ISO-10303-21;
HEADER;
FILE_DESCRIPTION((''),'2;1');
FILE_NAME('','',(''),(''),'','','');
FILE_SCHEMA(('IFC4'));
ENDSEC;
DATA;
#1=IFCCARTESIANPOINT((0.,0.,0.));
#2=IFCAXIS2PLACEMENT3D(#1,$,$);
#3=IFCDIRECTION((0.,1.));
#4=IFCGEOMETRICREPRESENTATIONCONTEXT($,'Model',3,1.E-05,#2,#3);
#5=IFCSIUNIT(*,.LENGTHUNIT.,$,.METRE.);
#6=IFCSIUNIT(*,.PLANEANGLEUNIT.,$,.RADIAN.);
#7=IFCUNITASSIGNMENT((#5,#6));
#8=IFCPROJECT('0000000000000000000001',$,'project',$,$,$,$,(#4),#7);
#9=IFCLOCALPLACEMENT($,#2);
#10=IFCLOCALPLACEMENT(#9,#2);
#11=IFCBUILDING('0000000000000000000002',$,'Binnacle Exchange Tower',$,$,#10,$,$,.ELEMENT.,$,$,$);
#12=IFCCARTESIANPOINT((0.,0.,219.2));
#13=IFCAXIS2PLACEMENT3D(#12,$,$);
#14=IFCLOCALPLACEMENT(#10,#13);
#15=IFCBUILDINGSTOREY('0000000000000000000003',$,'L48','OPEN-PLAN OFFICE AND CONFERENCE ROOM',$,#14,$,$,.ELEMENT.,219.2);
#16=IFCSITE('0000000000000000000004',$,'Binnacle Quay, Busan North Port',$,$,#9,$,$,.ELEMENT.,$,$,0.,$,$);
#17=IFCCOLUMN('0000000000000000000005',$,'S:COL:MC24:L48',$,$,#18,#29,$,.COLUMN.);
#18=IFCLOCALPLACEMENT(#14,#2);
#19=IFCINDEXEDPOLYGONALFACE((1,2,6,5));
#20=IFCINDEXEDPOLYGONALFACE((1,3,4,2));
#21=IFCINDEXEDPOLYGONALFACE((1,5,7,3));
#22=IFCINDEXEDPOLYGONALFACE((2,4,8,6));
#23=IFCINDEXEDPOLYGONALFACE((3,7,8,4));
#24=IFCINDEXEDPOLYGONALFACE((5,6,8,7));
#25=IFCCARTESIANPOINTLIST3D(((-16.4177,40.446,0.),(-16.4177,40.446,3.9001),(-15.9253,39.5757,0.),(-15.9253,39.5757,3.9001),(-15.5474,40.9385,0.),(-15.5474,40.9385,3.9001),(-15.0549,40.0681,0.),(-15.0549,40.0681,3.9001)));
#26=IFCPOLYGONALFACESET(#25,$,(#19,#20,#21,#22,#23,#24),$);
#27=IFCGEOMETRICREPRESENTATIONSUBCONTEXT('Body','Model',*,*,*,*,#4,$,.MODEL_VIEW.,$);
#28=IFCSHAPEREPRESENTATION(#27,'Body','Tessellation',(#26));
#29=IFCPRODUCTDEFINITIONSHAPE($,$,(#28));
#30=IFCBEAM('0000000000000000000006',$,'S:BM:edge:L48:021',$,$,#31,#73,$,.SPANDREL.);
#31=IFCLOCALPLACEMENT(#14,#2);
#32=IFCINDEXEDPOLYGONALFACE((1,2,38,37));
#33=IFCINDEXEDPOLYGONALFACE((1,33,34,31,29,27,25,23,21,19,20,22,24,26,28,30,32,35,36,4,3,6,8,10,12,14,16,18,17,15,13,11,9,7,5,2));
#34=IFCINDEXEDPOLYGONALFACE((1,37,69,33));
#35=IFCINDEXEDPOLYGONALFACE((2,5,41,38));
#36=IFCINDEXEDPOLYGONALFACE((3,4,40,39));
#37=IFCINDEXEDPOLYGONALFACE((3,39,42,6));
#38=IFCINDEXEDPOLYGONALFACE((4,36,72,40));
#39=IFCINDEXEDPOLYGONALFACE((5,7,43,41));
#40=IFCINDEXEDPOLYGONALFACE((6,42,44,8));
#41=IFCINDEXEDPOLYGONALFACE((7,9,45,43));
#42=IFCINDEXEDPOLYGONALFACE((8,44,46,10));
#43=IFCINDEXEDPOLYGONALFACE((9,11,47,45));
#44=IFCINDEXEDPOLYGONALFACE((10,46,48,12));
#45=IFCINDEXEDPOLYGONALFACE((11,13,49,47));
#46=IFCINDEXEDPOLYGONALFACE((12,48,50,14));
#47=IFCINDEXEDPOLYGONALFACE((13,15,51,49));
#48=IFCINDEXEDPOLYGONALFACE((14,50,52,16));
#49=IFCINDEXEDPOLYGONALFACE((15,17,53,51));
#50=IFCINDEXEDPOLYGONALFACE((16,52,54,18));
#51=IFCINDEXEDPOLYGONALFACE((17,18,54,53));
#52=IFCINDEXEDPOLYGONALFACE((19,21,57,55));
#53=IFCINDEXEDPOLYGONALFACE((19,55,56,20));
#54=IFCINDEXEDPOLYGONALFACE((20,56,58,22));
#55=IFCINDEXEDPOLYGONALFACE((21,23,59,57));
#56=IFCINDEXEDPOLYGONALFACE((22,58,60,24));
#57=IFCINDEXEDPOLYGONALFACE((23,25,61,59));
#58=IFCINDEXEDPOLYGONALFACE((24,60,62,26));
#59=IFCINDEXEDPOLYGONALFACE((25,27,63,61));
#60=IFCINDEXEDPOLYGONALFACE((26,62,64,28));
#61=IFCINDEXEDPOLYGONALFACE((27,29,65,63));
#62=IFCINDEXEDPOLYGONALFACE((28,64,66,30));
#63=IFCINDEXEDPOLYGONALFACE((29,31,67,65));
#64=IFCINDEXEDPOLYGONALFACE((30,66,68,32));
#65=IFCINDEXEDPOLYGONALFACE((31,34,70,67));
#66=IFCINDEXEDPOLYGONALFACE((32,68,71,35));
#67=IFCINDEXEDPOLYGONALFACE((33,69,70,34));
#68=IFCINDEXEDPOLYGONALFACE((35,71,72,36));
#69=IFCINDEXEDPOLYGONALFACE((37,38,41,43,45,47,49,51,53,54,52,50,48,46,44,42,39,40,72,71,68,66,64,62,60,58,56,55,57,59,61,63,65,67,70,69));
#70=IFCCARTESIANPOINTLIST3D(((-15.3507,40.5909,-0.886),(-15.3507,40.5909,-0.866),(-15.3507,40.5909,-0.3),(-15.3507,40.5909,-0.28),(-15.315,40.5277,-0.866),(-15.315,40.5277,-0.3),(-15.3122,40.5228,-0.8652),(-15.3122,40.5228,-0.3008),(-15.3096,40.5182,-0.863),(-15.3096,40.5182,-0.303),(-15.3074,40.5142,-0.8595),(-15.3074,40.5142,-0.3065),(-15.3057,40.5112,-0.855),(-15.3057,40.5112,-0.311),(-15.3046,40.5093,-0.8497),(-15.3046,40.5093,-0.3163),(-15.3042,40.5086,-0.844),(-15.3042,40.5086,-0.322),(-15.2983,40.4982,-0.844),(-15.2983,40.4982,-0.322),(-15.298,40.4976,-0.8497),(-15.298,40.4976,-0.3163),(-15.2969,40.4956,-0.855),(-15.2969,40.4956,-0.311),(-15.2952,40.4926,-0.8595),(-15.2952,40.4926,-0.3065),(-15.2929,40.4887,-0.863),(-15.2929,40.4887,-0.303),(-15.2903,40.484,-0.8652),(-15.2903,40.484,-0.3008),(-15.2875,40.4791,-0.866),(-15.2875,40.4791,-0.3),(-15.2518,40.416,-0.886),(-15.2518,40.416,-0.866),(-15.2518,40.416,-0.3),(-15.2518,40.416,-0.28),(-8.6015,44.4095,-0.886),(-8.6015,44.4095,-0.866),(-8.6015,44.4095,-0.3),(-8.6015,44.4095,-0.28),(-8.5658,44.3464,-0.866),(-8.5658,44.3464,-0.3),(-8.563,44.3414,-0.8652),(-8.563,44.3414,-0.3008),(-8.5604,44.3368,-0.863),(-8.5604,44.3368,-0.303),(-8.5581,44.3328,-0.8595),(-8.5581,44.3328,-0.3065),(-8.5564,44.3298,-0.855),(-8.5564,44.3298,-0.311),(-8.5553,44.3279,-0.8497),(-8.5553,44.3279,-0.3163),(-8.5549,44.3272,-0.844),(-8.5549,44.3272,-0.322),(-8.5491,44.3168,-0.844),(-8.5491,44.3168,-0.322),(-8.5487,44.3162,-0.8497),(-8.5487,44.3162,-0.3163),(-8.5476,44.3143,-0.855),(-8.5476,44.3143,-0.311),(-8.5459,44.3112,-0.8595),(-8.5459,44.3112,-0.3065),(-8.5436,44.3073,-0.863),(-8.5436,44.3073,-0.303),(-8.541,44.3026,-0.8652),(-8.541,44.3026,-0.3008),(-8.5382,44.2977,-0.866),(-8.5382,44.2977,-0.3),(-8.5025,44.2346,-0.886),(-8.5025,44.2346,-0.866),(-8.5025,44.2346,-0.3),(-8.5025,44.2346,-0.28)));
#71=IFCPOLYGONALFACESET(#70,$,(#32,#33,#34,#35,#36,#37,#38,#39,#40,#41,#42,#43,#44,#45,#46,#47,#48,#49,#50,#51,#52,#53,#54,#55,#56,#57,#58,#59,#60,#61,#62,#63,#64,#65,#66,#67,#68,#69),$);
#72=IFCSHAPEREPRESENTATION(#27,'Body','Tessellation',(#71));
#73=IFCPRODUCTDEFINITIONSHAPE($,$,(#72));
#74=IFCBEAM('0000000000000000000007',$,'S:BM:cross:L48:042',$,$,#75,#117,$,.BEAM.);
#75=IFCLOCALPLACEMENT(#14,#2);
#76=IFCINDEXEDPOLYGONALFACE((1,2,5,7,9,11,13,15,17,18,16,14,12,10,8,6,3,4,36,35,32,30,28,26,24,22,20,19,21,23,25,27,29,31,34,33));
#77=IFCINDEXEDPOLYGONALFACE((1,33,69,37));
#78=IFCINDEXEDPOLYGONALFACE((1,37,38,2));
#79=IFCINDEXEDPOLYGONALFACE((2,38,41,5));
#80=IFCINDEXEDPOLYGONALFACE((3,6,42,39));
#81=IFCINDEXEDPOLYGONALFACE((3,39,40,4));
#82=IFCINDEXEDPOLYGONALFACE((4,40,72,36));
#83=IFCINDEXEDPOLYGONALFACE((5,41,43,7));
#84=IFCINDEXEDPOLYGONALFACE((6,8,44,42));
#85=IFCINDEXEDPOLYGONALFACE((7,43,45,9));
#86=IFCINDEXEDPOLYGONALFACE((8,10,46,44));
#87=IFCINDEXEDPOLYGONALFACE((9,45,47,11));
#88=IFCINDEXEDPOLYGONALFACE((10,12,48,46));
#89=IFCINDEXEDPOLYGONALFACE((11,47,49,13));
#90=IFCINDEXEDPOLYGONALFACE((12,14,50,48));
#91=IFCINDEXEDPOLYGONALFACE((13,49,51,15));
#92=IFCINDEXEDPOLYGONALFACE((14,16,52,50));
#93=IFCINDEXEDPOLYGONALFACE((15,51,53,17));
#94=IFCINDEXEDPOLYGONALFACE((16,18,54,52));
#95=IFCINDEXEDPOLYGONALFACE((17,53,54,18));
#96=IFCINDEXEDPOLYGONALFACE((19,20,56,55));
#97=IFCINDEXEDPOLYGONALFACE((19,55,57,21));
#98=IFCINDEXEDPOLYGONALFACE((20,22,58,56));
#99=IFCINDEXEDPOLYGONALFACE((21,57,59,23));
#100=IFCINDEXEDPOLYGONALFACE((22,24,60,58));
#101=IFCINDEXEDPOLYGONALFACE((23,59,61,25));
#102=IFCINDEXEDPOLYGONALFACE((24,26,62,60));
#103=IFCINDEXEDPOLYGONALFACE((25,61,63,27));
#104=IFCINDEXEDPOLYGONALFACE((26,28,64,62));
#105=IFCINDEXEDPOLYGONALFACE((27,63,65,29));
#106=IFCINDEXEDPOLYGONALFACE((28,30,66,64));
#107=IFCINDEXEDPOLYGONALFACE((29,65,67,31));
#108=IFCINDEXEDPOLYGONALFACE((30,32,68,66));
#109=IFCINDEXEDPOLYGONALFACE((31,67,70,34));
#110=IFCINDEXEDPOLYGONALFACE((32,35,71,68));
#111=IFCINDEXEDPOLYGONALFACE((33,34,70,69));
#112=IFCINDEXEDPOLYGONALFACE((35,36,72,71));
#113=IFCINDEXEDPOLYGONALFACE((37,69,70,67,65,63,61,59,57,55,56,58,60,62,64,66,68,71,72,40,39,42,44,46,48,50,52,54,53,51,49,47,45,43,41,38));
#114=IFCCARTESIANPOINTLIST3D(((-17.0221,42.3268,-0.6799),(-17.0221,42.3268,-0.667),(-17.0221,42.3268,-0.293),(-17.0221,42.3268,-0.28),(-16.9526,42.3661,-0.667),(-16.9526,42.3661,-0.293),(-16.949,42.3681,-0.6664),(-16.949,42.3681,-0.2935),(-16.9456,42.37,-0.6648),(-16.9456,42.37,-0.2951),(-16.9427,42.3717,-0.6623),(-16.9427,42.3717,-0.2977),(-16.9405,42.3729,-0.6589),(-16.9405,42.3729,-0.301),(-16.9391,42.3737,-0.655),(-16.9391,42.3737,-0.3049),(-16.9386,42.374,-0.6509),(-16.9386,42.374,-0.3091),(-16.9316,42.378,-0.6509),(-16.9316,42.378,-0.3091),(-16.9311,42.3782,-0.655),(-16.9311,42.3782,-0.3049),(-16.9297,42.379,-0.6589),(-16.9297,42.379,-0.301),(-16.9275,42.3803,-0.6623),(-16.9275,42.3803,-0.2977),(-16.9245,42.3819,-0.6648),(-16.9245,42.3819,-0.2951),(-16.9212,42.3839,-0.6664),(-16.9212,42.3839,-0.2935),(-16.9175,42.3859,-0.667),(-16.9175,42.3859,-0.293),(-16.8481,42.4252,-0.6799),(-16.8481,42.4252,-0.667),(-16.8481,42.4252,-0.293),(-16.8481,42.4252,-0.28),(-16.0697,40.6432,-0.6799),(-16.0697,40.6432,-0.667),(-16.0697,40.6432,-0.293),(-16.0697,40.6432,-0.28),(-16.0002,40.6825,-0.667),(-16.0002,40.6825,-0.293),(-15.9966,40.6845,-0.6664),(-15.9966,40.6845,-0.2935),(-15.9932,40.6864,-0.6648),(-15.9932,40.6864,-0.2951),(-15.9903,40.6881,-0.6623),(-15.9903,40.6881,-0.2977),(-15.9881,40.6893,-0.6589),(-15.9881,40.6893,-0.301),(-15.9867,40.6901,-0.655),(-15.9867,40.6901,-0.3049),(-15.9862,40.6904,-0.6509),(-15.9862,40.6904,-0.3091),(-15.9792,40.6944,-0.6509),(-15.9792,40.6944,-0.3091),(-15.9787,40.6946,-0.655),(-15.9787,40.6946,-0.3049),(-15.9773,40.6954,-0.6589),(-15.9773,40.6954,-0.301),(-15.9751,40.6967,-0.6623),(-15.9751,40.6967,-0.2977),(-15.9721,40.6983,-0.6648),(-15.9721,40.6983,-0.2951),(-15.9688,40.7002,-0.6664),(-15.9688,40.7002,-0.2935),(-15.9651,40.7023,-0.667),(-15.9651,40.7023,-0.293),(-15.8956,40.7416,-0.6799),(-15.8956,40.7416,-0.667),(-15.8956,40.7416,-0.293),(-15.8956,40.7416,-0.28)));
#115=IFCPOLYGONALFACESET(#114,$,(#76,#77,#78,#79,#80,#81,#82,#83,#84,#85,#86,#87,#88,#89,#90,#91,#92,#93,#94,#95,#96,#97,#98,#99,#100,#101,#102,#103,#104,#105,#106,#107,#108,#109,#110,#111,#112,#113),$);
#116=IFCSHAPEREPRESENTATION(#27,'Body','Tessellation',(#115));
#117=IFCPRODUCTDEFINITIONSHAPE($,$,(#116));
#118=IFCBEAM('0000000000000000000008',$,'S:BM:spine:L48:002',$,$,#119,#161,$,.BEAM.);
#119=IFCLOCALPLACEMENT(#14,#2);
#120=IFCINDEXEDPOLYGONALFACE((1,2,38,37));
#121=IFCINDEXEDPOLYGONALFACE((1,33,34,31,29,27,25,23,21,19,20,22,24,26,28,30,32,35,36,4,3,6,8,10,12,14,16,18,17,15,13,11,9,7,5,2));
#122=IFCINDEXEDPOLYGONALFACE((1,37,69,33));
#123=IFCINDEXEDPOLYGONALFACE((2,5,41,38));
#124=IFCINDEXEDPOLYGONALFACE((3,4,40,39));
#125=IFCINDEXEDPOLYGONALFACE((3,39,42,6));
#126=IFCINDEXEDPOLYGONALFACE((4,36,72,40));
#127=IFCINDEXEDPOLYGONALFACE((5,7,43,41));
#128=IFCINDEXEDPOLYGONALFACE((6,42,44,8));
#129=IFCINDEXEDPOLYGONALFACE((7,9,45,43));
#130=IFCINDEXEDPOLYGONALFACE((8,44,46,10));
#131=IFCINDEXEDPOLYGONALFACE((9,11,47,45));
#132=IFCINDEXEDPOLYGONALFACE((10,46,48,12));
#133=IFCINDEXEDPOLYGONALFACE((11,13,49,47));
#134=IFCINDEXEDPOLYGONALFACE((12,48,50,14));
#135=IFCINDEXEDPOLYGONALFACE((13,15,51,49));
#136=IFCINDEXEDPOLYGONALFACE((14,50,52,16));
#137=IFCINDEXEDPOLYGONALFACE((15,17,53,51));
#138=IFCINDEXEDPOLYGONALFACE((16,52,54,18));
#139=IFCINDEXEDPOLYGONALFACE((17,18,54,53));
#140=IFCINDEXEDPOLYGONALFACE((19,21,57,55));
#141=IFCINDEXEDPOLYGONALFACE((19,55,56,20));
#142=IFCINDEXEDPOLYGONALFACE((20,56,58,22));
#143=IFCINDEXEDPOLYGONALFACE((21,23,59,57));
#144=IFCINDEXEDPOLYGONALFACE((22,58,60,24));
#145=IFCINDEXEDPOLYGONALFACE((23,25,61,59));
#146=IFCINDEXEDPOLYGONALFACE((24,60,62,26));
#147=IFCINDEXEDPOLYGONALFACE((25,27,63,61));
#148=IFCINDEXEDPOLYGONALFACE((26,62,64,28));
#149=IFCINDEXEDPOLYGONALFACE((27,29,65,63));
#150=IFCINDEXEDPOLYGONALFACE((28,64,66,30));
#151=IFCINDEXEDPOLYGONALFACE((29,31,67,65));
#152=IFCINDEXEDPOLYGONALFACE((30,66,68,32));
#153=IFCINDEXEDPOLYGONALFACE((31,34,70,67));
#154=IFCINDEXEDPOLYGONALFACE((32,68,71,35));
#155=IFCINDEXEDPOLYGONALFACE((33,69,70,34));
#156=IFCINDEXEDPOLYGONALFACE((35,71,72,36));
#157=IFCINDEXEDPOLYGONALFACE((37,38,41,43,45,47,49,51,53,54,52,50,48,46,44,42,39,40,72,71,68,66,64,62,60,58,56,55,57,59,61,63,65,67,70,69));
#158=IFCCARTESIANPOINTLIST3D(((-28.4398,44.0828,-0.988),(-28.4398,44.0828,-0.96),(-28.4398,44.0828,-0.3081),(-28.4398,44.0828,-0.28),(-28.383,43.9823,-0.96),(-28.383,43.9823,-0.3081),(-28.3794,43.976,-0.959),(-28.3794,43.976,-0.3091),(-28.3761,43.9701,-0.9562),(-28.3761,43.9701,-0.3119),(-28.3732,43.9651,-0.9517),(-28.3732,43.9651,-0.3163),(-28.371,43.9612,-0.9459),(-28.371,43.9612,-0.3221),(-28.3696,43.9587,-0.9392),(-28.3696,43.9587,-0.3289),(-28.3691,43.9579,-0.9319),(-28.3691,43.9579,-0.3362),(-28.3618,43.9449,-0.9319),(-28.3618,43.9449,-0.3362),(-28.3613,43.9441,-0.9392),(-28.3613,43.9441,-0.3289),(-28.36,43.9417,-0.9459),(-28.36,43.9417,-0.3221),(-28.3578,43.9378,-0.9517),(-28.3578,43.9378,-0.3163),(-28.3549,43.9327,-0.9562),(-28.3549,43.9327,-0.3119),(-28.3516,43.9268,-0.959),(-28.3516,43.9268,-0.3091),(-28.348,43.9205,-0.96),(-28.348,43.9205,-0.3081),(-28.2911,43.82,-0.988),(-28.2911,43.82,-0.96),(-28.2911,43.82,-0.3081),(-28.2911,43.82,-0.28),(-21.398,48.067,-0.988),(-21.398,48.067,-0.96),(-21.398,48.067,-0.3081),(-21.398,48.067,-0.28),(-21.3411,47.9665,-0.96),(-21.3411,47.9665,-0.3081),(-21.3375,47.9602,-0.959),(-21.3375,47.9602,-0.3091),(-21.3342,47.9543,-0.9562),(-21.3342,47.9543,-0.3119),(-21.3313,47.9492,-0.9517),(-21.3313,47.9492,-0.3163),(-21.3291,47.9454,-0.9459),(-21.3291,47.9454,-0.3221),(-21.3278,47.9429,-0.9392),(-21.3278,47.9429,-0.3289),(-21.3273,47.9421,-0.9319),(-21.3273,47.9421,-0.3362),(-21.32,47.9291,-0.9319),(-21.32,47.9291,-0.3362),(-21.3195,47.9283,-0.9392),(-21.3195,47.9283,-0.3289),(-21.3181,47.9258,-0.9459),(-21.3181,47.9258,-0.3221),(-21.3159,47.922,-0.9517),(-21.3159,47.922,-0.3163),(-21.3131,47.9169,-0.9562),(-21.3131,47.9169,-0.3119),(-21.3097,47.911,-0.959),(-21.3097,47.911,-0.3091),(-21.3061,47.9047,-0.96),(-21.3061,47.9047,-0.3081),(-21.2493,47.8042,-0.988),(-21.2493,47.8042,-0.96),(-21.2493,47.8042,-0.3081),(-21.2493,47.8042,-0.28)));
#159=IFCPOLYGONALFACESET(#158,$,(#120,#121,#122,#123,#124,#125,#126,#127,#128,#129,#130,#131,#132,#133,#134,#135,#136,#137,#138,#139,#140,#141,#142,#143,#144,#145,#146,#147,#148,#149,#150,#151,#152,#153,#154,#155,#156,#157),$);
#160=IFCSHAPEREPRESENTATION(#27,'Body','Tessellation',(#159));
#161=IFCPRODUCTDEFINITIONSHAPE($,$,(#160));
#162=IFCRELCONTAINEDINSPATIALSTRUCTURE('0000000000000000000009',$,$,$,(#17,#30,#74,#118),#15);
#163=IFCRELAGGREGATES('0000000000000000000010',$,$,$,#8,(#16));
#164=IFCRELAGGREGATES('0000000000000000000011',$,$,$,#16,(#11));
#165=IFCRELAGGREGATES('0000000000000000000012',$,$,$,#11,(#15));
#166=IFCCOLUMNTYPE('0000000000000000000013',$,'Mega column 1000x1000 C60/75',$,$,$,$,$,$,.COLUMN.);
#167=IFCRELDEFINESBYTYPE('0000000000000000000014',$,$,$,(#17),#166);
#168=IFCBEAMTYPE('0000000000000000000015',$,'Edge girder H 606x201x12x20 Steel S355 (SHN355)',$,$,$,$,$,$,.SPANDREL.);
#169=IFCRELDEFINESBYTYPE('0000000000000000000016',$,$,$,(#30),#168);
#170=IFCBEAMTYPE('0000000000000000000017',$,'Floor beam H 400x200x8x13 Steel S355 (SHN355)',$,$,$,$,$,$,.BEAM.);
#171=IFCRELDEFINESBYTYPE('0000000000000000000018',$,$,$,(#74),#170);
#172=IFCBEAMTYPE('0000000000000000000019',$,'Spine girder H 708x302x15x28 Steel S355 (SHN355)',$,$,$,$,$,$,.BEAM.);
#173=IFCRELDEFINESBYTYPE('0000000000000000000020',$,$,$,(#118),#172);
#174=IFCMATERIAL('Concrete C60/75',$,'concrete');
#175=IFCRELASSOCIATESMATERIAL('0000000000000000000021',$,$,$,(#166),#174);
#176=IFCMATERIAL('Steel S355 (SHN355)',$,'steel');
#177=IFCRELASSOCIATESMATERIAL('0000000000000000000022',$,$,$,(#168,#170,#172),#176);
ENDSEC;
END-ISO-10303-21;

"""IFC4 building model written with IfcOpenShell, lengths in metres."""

from ifc_helpers import new_model, si_unit, direction, frame, origin, origin_2d, place, context, subcontext, project, spatial, rectangle, i_section, extrude, material, material_profile, profile_set, type_object, element, save


model = new_model("IFC4")

# Units and contexts
model_context = context("Model", 3, precision=1e-05, world=origin(), true_north=direction((0.0, 1.0)))
body_context = subcontext(model_context, "Body", "Model", "MODEL_VIEW")
ifc_project = project(units=[si_unit("LENGTHUNIT", "METRE"), si_unit("PLANEANGLEUNIT", "RADIAN")], contexts=[model_context])

# Site, building, storey
site_placement = place(None, origin())
site = spatial("IfcSite", under=ifc_project, at=site_placement, Name="Binnacle Quay, Busan North Port", CompositionType="ELEMENT", RefElevation=0.0)
building_placement = place(site_placement, origin())
building = spatial("IfcBuilding", under=site, at=building_placement, Name="Binnacle Exchange Tower", CompositionType="ELEMENT")
storey_placement = place(building_placement, frame((0.0, 0.0, 219.2)))
storey = spatial("IfcBuildingStorey", under=building, at=storey_placement, Name="L48", Description="OPEN-PLAN OFFICE AND CONFERENCE ROOM", CompositionType="ELEMENT", Elevation=219.2)

# Column
ifc_material_1 = material(Name="Concrete C60/75", Category="concrete")
ifc_material_profile_1 = material_profile(ifc_material_1, rectangle(XDim=1.0, YDim=1.0, at=origin_2d()), Name="Mega column 1000x1000 C60/75")
ifc_profile_set_1 = profile_set([ifc_material_profile_1], Name="Concrete C60/75")
column_type = type_object("IfcColumnType", Name="Mega column 1000x1000 C60/75", PredefinedType="COLUMN", material=ifc_profile_set_1)
column_placement = place(storey_placement, frame((-15.7363, 40.2571, 0.0), z_axis=(0.0, 0.0, 1.0), x_axis=(0.870356, 0.492424, 0.0)))
element("IfcColumn", 1, at=column_placement, inside=storey, type_object=column_type, Name="S:COL:MC24:L48", PredefinedType="COLUMN", context=body_context, shape_type="SweptSolid", body=[
    extrude(rectangle(XDim=1.0, YDim=1.0, at=origin_2d()), origin(), (0.0, 0.0, 1.0), 3.9001),
])

# Beams
ifc_material_2 = material(Name="Steel S355 (SHN355)", Category="steel")
ifc_material_profile_2 = material_profile(ifc_material_2, i_section(OverallWidth=0.2009, OverallDepth=0.606, WebThickness=0.012, FlangeThickness=0.02, FilletRadius=0.022, at=origin_2d()), Name="H 606x201x12x20")
ifc_profile_set_2 = profile_set([ifc_material_profile_2], Name="Steel S355 (SHN355)")
beam_type_1 = type_object("IfcBeamType", Name="Edge girder H 606x201x12x20 Steel S355 (SHN355)", PredefinedType="SPANDREL", material=ifc_profile_set_2)
beam_1_placement = place(storey_placement, frame((-15.3013, 40.5034, -0.583), z_axis=(0.870353, 0.492429, 0.0), x_axis=(-0.492429, 0.870353, 0.0)))
element("IfcBeam", 2, at=beam_1_placement, inside=storey, type_object=beam_type_1, Name="S:BM:edge:L48:021", PredefinedType="SPANDREL", context=body_context, shape_type="SweptSolid", body=[
    extrude(i_section(OverallWidth=0.2009, OverallDepth=0.606, WebThickness=0.012, FlangeThickness=0.02, FilletRadius=0.022, at=origin_2d()), origin(), (0.0, 0.0, 1.0), 7.7546),
])
ifc_material_profile_3 = material_profile(ifc_material_2, i_section(OverallWidth=0.2, OverallDepth=0.3999, WebThickness=0.0081, FlangeThickness=0.0129, FilletRadius=0.0161, at=origin_2d()), Name="H 400x200x8x13")
ifc_profile_set_3 = profile_set([ifc_material_profile_3], Name="Steel S355 (SHN355)")
beam_type_2 = type_object("IfcBeamType", Name="Floor beam H 400x200x8x13 Steel S355 (SHN355)", PredefinedType="BEAM", material=ifc_profile_set_3)
beam_2_placement = place(storey_placement, frame((-15.9827, 40.6924, -0.48), z_axis=(-0.492369, 0.870386, 0.0), x_axis=(-0.870386, -0.492369, 0.0)))
element("IfcBeam", 3, at=beam_2_placement, inside=storey, type_object=beam_type_2, Name="S:BM:cross:L48:042", PredefinedType="BEAM", context=body_context, shape_type="SweptSolid", body=[
    extrude(i_section(OverallWidth=0.2, OverallDepth=0.3999, WebThickness=0.0081, FlangeThickness=0.0129, FilletRadius=0.0161, at=origin_2d()), origin(), (0.0, 0.0, 1.0), 1.9343),
])
ifc_material_profile_4 = material_profile(ifc_material_2, i_section(OverallWidth=0.302, OverallDepth=0.708, WebThickness=0.0149, FlangeThickness=0.0281, FilletRadius=0.0281, at=origin_2d()), Name="H 708x302x15x28")
ifc_profile_set_4 = profile_set([ifc_material_profile_4], Name="Steel S355 (SHN355)")
beam_type_3 = type_object("IfcBeamType", Name="Spine girder H 708x302x15x28 Steel S355 (SHN355)", PredefinedType="BEAM", material=ifc_profile_set_4)
beam_3_placement = place(storey_placement, frame((-28.3655, 43.9514, -0.634), z_axis=(0.87035, 0.492433, 0.0), x_axis=(-0.492433, 0.87035, 0.0)))
element("IfcBeam", 4, at=beam_3_placement, inside=storey, type_object=beam_type_3, Name="S:BM:spine:L48:002", PredefinedType="BEAM", context=body_context, shape_type="SweptSolid", body=[
    extrude(i_section(OverallWidth=0.302, OverallDepth=0.708, WebThickness=0.0149, FlangeThickness=0.0281, FilletRadius=0.0281, at=origin_2d()), origin(), (0.0, 0.0, 1.0), 8.0908),
])

save(model, "model.ifc")
